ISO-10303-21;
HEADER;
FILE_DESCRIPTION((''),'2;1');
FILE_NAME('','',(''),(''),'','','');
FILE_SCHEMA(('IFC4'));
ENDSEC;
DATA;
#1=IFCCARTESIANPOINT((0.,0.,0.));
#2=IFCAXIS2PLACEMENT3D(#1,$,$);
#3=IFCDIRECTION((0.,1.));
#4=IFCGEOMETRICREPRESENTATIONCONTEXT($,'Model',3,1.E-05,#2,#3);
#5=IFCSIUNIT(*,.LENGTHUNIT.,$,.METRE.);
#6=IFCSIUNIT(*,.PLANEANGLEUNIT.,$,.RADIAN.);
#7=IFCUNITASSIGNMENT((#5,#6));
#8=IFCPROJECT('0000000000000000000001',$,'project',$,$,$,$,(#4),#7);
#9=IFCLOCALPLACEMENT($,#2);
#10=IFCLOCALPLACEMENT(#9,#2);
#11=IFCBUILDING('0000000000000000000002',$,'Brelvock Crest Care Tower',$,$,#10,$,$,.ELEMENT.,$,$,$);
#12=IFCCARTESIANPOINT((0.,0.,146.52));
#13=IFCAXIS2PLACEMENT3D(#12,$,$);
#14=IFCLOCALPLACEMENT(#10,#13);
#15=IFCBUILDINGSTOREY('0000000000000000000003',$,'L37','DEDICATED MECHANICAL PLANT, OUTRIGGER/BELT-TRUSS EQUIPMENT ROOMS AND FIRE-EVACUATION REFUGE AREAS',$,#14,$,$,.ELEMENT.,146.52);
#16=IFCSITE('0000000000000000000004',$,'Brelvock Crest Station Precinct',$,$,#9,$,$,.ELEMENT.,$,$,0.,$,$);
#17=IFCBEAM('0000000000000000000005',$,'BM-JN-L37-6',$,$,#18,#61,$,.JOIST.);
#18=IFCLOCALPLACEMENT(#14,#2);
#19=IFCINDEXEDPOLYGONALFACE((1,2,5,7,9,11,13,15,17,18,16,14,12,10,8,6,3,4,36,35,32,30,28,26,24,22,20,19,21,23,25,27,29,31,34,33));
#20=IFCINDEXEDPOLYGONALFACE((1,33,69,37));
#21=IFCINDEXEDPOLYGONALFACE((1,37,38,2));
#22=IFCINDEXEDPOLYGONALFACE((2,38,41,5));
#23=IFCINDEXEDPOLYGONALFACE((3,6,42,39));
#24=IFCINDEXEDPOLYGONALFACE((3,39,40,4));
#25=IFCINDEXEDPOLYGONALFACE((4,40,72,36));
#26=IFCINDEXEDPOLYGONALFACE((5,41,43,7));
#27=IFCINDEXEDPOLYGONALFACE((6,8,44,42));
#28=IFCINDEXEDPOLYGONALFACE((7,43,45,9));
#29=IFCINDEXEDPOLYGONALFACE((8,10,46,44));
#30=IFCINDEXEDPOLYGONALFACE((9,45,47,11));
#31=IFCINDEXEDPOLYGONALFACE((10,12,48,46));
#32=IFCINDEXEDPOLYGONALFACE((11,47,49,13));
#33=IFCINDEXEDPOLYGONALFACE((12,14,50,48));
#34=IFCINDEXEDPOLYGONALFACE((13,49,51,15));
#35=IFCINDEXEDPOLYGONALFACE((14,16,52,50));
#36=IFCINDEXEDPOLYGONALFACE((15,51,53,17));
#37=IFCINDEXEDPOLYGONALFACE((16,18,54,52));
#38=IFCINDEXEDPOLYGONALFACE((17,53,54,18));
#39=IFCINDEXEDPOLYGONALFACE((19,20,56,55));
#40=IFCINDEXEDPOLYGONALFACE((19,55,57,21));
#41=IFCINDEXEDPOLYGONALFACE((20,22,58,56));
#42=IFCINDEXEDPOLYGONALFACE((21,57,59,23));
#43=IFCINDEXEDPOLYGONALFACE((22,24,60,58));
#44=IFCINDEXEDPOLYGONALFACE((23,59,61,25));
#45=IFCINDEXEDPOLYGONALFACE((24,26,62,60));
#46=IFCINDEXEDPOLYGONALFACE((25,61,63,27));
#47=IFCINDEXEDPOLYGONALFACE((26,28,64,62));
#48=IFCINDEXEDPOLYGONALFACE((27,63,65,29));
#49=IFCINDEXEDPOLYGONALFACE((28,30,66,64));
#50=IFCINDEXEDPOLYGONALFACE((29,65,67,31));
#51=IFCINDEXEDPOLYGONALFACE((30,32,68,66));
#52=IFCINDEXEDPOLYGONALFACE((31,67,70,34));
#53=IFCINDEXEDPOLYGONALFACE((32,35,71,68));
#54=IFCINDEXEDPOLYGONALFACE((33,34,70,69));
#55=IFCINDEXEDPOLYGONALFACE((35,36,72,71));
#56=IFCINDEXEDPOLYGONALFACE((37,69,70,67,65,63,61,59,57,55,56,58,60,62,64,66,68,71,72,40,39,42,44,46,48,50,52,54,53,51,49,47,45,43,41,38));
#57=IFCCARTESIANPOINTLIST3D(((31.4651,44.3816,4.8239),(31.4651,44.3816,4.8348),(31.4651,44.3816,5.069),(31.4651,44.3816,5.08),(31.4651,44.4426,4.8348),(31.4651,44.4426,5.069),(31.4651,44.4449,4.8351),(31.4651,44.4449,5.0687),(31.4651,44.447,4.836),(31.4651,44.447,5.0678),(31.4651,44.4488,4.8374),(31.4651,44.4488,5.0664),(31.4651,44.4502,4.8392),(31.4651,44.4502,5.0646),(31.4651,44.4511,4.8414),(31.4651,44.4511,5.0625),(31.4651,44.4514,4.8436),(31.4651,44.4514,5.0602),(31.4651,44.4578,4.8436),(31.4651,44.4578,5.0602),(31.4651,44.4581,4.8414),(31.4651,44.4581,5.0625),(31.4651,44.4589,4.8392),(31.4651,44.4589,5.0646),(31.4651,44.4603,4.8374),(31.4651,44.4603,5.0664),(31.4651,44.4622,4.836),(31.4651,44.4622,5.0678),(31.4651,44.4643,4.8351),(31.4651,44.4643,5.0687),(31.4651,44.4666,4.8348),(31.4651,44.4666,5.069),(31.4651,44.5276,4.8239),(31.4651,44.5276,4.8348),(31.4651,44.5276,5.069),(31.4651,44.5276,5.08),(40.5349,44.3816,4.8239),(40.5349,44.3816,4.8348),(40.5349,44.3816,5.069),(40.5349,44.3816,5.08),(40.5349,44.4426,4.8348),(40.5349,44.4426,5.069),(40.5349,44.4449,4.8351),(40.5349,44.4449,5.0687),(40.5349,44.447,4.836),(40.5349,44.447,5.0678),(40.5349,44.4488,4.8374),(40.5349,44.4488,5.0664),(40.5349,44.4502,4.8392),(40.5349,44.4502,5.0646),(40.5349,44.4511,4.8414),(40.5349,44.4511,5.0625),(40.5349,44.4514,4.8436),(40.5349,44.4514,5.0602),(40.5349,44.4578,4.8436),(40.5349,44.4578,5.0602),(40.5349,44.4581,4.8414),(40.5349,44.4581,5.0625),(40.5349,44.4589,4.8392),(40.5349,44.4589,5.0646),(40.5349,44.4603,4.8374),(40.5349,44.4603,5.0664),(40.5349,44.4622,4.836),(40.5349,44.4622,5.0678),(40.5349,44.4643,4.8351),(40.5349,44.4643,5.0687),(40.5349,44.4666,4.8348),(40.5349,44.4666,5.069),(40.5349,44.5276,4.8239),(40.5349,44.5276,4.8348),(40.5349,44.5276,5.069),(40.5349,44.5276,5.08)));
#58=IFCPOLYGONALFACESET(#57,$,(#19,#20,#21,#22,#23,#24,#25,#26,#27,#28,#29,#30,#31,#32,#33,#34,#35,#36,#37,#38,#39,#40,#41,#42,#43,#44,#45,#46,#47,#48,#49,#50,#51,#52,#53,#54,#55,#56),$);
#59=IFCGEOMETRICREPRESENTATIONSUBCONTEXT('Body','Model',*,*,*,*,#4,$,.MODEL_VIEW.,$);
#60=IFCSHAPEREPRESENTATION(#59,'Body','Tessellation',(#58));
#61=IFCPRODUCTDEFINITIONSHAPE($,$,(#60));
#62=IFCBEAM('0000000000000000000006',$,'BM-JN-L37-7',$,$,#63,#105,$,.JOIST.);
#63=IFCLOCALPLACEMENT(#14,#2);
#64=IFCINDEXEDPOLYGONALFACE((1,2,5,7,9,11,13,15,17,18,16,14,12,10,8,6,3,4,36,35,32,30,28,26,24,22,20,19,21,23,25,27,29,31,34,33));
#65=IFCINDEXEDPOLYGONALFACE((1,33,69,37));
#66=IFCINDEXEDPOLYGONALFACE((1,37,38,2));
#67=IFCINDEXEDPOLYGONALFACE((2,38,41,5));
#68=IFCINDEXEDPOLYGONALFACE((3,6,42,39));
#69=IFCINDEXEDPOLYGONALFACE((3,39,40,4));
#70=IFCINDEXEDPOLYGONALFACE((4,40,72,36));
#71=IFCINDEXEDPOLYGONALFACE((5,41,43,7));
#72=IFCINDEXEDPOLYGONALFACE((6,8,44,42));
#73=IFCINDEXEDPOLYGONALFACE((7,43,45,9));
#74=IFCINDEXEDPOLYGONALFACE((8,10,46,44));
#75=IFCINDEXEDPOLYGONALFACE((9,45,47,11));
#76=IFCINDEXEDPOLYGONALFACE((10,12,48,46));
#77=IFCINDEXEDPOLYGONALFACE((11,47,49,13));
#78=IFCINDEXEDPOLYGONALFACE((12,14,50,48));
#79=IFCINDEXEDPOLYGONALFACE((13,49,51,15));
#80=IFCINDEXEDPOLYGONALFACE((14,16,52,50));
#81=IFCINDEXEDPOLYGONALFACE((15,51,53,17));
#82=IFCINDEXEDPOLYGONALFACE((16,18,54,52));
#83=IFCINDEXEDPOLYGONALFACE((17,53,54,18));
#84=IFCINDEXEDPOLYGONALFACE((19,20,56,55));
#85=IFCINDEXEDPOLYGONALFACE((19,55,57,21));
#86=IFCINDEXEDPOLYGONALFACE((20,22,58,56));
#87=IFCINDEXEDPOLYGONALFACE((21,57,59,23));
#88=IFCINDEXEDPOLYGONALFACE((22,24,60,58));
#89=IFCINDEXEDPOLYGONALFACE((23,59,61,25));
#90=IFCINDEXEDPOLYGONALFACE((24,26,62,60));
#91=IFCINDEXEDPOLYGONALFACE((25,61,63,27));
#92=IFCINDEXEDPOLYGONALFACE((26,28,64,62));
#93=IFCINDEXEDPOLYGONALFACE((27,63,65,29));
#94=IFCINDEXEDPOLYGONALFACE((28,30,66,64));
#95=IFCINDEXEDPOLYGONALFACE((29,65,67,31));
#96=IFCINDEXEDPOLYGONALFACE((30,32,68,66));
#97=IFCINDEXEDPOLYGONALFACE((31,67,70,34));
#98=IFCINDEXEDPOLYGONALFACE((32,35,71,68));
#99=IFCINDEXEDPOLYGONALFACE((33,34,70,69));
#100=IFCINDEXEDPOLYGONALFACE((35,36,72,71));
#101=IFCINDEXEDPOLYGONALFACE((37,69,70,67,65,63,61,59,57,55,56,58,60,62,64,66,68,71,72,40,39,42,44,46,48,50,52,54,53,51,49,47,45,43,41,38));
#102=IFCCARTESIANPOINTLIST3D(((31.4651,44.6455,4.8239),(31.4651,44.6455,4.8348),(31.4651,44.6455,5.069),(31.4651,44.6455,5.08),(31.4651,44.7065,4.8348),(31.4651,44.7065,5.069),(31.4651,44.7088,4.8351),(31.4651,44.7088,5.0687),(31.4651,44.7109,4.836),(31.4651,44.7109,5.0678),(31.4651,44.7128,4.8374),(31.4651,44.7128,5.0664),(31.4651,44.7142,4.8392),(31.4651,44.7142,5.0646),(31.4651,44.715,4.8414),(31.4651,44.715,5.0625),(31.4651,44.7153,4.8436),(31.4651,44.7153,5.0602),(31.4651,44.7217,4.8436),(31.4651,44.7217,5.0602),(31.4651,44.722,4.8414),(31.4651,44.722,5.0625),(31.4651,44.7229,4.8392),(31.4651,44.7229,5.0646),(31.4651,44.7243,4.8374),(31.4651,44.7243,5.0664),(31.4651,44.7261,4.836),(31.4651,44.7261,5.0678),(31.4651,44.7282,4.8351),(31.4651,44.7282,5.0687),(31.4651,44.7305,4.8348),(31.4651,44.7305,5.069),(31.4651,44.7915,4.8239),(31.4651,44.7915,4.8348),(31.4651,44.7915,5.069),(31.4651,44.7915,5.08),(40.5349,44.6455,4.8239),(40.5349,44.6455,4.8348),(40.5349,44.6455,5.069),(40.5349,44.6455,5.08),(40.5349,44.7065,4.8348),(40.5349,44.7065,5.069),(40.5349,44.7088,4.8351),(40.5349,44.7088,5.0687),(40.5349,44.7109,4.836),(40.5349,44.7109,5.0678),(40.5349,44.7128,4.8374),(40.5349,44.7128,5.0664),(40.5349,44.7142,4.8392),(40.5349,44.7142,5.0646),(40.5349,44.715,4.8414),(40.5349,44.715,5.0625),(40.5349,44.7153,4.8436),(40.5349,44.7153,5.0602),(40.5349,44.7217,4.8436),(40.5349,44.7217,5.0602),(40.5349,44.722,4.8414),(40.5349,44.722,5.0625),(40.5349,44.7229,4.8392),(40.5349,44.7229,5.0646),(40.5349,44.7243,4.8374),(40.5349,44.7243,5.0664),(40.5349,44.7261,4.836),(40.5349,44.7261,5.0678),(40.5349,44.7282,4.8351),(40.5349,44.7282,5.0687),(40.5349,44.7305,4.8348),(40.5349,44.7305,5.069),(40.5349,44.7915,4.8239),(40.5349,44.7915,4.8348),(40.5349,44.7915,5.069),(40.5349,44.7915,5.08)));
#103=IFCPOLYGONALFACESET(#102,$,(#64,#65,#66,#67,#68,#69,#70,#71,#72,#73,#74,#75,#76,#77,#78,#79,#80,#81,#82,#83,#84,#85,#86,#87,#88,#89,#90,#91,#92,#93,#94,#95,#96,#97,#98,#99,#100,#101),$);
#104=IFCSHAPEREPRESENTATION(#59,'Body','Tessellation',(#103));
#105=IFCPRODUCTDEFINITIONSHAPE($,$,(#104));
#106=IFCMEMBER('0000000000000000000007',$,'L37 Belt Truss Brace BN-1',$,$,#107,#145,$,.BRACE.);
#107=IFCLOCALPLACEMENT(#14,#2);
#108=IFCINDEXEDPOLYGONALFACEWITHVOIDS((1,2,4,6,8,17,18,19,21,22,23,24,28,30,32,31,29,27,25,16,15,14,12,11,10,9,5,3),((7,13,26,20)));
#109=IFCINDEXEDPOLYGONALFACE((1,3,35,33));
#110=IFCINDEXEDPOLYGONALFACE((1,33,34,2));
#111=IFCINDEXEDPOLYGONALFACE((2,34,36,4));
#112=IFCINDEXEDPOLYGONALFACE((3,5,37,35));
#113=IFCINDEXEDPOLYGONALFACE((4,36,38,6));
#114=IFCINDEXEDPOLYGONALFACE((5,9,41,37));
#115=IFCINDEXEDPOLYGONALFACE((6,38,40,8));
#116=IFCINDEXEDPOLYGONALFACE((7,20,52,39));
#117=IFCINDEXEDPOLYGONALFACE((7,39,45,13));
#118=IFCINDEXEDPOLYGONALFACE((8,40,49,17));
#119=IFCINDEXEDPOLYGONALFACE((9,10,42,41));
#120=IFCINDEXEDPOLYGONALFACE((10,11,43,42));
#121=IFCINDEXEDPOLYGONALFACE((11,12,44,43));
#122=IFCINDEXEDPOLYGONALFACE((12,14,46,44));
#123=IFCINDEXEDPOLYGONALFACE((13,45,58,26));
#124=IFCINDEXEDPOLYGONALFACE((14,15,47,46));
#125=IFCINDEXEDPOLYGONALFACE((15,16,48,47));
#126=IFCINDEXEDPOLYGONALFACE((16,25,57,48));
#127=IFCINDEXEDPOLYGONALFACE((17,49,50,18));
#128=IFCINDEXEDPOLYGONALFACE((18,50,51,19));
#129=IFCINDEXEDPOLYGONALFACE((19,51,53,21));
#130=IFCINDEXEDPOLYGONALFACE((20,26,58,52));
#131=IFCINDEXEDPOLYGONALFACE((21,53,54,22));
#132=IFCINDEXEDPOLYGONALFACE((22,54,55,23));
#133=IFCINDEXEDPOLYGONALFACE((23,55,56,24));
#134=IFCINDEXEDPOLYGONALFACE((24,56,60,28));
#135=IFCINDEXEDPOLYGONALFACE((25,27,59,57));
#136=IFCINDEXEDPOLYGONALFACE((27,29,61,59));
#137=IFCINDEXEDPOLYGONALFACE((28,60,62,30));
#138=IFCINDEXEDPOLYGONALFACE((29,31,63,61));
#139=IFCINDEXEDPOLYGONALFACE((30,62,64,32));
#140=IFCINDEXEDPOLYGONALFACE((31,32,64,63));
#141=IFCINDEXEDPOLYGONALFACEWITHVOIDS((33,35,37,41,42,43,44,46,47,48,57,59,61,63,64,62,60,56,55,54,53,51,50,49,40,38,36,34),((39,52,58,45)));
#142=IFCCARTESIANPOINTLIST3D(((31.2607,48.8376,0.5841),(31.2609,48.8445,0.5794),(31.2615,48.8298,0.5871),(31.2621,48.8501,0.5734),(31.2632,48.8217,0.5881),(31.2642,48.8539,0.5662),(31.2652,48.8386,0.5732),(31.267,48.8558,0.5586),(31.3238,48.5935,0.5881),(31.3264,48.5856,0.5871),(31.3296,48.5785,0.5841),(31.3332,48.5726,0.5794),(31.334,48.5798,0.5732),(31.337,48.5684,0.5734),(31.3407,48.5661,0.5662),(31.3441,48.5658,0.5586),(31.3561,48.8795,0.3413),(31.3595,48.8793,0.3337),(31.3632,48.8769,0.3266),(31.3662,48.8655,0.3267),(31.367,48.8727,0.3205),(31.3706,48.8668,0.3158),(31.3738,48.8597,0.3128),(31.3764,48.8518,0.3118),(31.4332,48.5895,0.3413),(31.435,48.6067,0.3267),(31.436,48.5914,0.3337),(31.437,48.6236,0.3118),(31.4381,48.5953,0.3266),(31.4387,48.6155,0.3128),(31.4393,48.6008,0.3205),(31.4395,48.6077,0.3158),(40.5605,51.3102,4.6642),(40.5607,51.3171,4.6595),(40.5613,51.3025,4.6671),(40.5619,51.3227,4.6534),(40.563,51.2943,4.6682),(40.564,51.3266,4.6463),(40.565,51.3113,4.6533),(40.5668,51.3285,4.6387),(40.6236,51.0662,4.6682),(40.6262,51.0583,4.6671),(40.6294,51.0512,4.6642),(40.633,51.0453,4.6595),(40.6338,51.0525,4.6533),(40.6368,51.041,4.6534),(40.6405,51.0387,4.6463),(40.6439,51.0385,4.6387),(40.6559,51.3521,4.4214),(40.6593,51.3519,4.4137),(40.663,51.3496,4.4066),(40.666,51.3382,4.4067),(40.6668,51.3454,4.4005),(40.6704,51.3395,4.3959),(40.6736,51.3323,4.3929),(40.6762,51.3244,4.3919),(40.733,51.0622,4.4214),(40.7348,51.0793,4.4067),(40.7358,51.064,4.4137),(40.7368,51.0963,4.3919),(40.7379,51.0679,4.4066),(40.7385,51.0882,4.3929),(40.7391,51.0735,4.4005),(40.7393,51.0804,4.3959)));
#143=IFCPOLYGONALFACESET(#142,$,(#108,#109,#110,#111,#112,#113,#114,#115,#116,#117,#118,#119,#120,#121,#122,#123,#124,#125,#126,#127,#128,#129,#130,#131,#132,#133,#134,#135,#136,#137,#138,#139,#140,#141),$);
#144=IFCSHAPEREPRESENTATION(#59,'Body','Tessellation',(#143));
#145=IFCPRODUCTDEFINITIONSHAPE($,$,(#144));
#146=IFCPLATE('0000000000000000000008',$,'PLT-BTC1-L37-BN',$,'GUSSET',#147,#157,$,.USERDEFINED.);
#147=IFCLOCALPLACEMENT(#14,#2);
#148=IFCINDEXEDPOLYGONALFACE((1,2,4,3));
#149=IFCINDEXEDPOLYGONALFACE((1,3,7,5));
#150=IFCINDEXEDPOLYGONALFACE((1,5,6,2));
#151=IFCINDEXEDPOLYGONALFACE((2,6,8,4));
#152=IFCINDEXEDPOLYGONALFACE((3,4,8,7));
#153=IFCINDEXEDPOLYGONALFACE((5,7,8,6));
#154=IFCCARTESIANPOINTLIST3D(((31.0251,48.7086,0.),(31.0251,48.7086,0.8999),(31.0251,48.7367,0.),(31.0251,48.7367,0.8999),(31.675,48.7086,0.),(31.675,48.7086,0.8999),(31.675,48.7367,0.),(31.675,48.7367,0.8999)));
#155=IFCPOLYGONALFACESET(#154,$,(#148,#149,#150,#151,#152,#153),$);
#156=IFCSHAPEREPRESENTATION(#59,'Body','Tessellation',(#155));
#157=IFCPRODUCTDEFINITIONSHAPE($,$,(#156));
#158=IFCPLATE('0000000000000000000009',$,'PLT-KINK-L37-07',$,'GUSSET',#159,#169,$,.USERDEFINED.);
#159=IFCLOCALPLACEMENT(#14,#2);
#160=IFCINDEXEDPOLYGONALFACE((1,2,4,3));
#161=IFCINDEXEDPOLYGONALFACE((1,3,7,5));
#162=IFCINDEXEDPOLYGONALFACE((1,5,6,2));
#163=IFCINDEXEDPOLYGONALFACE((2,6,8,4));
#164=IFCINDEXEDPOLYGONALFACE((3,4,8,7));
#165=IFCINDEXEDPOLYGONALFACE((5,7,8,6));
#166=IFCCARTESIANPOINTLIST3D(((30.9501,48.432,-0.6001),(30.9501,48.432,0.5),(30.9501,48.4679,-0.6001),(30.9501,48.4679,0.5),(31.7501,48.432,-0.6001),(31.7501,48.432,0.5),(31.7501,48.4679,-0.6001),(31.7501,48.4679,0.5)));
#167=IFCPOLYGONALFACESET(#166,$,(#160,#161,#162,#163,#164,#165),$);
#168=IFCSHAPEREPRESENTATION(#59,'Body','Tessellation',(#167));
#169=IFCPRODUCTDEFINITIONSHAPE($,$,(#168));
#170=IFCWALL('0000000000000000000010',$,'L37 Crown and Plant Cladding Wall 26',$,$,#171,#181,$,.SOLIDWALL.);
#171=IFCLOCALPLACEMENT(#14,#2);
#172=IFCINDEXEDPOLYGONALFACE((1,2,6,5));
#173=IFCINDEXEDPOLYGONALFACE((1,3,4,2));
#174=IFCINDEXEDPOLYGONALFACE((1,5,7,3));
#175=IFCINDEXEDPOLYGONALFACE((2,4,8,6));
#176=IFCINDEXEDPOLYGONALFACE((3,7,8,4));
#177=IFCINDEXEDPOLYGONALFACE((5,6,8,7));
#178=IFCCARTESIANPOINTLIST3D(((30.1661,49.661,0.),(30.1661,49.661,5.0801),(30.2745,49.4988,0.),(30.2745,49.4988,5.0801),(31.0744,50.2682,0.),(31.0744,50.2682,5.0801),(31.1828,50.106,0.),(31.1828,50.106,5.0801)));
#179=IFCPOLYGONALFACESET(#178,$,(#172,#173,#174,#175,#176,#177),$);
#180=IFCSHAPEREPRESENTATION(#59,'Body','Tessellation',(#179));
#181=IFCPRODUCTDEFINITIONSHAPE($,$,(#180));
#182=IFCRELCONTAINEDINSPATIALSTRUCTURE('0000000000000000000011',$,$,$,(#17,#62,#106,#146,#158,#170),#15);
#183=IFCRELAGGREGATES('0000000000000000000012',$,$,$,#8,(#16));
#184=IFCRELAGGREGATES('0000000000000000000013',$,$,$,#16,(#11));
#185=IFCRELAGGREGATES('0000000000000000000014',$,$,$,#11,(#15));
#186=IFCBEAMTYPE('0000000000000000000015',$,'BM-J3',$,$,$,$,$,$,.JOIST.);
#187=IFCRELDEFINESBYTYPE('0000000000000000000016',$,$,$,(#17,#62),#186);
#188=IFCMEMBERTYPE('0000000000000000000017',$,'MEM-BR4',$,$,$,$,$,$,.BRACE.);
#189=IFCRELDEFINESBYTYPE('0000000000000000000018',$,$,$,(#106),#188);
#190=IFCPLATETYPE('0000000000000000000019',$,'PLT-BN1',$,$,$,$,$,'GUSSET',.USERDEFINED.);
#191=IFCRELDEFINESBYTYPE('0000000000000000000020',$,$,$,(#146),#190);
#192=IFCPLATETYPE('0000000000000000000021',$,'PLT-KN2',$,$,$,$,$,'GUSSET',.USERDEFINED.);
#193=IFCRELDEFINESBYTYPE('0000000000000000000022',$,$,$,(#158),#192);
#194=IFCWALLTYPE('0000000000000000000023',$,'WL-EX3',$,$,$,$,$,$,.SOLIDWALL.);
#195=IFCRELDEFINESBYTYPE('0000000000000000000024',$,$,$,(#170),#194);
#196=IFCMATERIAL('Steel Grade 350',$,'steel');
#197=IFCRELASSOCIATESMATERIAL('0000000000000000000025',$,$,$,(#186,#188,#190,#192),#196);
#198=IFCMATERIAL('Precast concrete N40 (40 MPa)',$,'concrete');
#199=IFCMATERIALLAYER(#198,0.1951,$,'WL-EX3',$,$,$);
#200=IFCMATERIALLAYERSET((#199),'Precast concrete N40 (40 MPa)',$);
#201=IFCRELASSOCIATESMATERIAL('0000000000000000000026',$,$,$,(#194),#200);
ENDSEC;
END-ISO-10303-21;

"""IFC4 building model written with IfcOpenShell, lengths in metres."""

from ifc_helpers import new_model, si_unit, direction, frame, frame_2d, origin, origin_2d, place, context, subcontext, project, spatial, rectangle, hollow_rectangle, i_section, extrude, source, transform, mapped, material, layer, layer_set, material_profile, profile_set, type_object, element, save


model = new_model("IFC4")

# Units and contexts
model_context = context("Model", 3, precision=1e-05, world=origin(), true_north=direction((0.0, 1.0)))
body_context = subcontext(model_context, "Body", "Model", "MODEL_VIEW")
ifc_project = project(units=[si_unit("LENGTHUNIT", "METRE"), si_unit("PLANEANGLEUNIT", "RADIAN")], contexts=[model_context])

# Site, building, storey
site_placement = place(None, origin())
site = spatial("IfcSite", under=ifc_project, at=site_placement, Name="Brelvock Crest Station Precinct", CompositionType="ELEMENT", RefElevation=0.0)
building_placement = place(site_placement, origin())
building = spatial("IfcBuilding", under=site, at=building_placement, Name="Brelvock Crest Care Tower", CompositionType="ELEMENT")
storey_placement = place(building_placement, frame((0.0, 0.0, 146.52)))
storey = spatial("IfcBuildingStorey", under=building, at=storey_placement, Name="L37", Description="DEDICATED MECHANICAL PLANT, OUTRIGGER/BELT-TRUSS EQUIPMENT ROOMS AND FIRE-EVACUATION REFUGE AREAS", CompositionType="ELEMENT", Elevation=146.52)

# Shared definitions
ifc_material_1 = material(Name="Steel Grade 350", Category="steel")

# Beams
ifc_material_profile_1 = material_profile(ifc_material_1, i_section(OverallWidth=0.146, OverallDepth=0.2561, WebThickness=0.0063, FlangeThickness=0.011, FilletRadius=0.0088, at=origin_2d()), Name="250UB37.3")
ifc_profile_set_1 = profile_set([ifc_material_profile_1], Name="Steel Grade 350")
beam_type_1 = type_object("IfcBeamType", Name="BM-J3", PredefinedType="JOIST", material=ifc_profile_set_1)
shared_shape_1 = source(origin(), body_context, "Body", "SweptSolid", [
    extrude(i_section(OverallWidth=0.146, OverallDepth=0.2561, WebThickness=0.0063, FlangeThickness=0.011, FilletRadius=0.0088, at=origin_2d()), origin(), (0.0, 0.0, 1.0), 9.0698),
])
for number, where, z_axis, x_axis, name in (
    (1, (31.4651, 44.4546, 4.9519), (1.0, 0.0, 0.0), (0.0, 1.0, 0.0), "BM-JN-L37-6"),
    (2, (31.4651, 44.7185, 4.9519), (1.0, 0.0, 0.0), (0.0, 1.0, 0.0), "BM-JN-L37-7"),
):
    element("IfcBeam", number, at=place(storey_placement, frame(where, z_axis=z_axis, x_axis=x_axis)), inside=storey, type_object=beam_type_1, Name=name, PredefinedType="JOIST", context=body_context, shape_type="MappedRepresentation", body=[
        mapped(shared_shape_1, transform((0.0, 0.0, 0.0), x_axis=(1.0, 0.0, 0.0), y_axis=(0.0, 1.0, 0.0), z_axis=(0.0, 0.0, 1.0), scale=1.0)),
    ])

# Member
ifc_material_profile_2 = material_profile(ifc_material_1, hollow_rectangle(XDim=0.3, YDim=0.3, WallThickness=0.0161, OuterFilletRadius=0.032, at=origin_2d()), Name="SHS300x300x16.0")
ifc_profile_set_2 = profile_set([ifc_material_profile_2], Name="Steel Grade 350")
member_type = type_object("IfcMemberType", Name="MEM-BR4", PredefinedType="BRACE", material=ifc_profile_set_2)
shared_shape_2 = source(origin(), body_context, "Body", "SweptSolid", [
    extrude(hollow_rectangle(XDim=0.3, YDim=0.3, WallThickness=0.0161, OuterFilletRadius=0.032, at=origin_2d()), origin(), (0.0, 0.0, 1.0), 10.4521),
])
member_placement = place(storey_placement, frame((31.3501, 48.7227, 0.45), z_axis=(0.88975, 0.236569, 0.390358), x_axis=(-0.256955, 0.966423, 0.0)))
element("IfcMember", 3, at=member_placement, inside=storey, type_object=member_type, Name="L37 Belt Truss Brace BN-1", PredefinedType="BRACE", context=body_context, shape_type="MappedRepresentation", body=[
    mapped(shared_shape_2, transform((0.0, 0.0, 0.0), x_axis=(1.0, 0.0, 0.0), y_axis=(0.0, 1.0, 0.0), z_axis=(0.0, 0.0, 1.0), scale=1.0)),
])

# Plates
plate_type_1 = type_object("IfcPlateType", Name="PLT-BN1", ElementType="GUSSET", PredefinedType="USERDEFINED", material=ifc_material_1)
shared_shape_3 = source(origin(), body_context, "Body", "SweptSolid", [
    extrude(rectangle(XDim=0.6499, YDim=0.0281, at=origin_2d()), origin(), (0.0, 0.0, 1.0), 0.8999),
])
plate_1_placement = place(storey_placement, frame((31.3501, 48.7227, 0.0), z_axis=(0.0, 0.0, 1.0), x_axis=(1.0, 0.0, 0.0)))
element("IfcPlate", 4, at=plate_1_placement, inside=storey, type_object=plate_type_1, Name="PLT-BTC1-L37-BN", ObjectType="GUSSET", PredefinedType="USERDEFINED", context=body_context, shape_type="MappedRepresentation", body=[
    mapped(shared_shape_3, transform((0.0, 0.0, 0.0), x_axis=(1.0, 0.0, 0.0), y_axis=(0.0, 1.0, 0.0), z_axis=(0.0, 0.0, 1.0), scale=1.0)),
])
plate_type_2 = type_object("IfcPlateType", Name="PLT-KN2", ElementType="GUSSET", PredefinedType="USERDEFINED", material=ifc_material_1)
shared_shape_4 = source(origin(), body_context, "Body", "SweptSolid", [
    extrude(rectangle(XDim=0.8, YDim=0.0359, at=origin_2d()), origin(), (0.0, 0.0, 1.0), 1.1001),
])
plate_2_placement = place(storey_placement, frame((31.3501, 48.45, -0.6001), z_axis=(0.0, 0.0, 1.0), x_axis=(1.0, 0.0, 0.0)))
element("IfcPlate", 5, at=plate_2_placement, inside=storey, type_object=plate_type_2, Name="PLT-KINK-L37-07", ObjectType="GUSSET", PredefinedType="USERDEFINED", context=body_context, shape_type="MappedRepresentation", body=[
    mapped(shared_shape_4, transform((0.0, 0.0, 0.0), x_axis=(1.0, 0.0, 0.0), y_axis=(0.0, 1.0, 0.0), z_axis=(0.0, 0.0, 1.0), scale=1.0)),
])

# Wall
ifc_material_2 = material(Name="Precast concrete N40 (40 MPa)", Category="concrete")
ifc_layer = layer(ifc_material_2, 0.1951, Name="WL-EX3")
ifc_layer_set = layer_set([ifc_layer], Name="Precast concrete N40 (40 MPa)")
wall_type = type_object("IfcWallType", Name="WL-EX3", PredefinedType="SOLIDWALL", material=ifc_layer_set)
wall_1_placement = place(storey_placement, frame((30.2202, 49.5798, 0.0), z_axis=(0.0, 0.0, 1.0), x_axis=(0.831328, 0.555783, 0.0)))
element("IfcWall", 6, at=wall_1_placement, inside=storey, type_object=wall_type, Name="L37 Crown and Plant Cladding Wall 26", PredefinedType="SOLIDWALL", context=body_context, shape_type="SweptSolid", body=[
    extrude(rectangle(XDim=1.0925, YDim=0.1951, at=frame_2d((0.5464, 0.0))), origin(), (0.0, 0.0, 1.0), 5.0801),
])

save(model, "model.ifc")
